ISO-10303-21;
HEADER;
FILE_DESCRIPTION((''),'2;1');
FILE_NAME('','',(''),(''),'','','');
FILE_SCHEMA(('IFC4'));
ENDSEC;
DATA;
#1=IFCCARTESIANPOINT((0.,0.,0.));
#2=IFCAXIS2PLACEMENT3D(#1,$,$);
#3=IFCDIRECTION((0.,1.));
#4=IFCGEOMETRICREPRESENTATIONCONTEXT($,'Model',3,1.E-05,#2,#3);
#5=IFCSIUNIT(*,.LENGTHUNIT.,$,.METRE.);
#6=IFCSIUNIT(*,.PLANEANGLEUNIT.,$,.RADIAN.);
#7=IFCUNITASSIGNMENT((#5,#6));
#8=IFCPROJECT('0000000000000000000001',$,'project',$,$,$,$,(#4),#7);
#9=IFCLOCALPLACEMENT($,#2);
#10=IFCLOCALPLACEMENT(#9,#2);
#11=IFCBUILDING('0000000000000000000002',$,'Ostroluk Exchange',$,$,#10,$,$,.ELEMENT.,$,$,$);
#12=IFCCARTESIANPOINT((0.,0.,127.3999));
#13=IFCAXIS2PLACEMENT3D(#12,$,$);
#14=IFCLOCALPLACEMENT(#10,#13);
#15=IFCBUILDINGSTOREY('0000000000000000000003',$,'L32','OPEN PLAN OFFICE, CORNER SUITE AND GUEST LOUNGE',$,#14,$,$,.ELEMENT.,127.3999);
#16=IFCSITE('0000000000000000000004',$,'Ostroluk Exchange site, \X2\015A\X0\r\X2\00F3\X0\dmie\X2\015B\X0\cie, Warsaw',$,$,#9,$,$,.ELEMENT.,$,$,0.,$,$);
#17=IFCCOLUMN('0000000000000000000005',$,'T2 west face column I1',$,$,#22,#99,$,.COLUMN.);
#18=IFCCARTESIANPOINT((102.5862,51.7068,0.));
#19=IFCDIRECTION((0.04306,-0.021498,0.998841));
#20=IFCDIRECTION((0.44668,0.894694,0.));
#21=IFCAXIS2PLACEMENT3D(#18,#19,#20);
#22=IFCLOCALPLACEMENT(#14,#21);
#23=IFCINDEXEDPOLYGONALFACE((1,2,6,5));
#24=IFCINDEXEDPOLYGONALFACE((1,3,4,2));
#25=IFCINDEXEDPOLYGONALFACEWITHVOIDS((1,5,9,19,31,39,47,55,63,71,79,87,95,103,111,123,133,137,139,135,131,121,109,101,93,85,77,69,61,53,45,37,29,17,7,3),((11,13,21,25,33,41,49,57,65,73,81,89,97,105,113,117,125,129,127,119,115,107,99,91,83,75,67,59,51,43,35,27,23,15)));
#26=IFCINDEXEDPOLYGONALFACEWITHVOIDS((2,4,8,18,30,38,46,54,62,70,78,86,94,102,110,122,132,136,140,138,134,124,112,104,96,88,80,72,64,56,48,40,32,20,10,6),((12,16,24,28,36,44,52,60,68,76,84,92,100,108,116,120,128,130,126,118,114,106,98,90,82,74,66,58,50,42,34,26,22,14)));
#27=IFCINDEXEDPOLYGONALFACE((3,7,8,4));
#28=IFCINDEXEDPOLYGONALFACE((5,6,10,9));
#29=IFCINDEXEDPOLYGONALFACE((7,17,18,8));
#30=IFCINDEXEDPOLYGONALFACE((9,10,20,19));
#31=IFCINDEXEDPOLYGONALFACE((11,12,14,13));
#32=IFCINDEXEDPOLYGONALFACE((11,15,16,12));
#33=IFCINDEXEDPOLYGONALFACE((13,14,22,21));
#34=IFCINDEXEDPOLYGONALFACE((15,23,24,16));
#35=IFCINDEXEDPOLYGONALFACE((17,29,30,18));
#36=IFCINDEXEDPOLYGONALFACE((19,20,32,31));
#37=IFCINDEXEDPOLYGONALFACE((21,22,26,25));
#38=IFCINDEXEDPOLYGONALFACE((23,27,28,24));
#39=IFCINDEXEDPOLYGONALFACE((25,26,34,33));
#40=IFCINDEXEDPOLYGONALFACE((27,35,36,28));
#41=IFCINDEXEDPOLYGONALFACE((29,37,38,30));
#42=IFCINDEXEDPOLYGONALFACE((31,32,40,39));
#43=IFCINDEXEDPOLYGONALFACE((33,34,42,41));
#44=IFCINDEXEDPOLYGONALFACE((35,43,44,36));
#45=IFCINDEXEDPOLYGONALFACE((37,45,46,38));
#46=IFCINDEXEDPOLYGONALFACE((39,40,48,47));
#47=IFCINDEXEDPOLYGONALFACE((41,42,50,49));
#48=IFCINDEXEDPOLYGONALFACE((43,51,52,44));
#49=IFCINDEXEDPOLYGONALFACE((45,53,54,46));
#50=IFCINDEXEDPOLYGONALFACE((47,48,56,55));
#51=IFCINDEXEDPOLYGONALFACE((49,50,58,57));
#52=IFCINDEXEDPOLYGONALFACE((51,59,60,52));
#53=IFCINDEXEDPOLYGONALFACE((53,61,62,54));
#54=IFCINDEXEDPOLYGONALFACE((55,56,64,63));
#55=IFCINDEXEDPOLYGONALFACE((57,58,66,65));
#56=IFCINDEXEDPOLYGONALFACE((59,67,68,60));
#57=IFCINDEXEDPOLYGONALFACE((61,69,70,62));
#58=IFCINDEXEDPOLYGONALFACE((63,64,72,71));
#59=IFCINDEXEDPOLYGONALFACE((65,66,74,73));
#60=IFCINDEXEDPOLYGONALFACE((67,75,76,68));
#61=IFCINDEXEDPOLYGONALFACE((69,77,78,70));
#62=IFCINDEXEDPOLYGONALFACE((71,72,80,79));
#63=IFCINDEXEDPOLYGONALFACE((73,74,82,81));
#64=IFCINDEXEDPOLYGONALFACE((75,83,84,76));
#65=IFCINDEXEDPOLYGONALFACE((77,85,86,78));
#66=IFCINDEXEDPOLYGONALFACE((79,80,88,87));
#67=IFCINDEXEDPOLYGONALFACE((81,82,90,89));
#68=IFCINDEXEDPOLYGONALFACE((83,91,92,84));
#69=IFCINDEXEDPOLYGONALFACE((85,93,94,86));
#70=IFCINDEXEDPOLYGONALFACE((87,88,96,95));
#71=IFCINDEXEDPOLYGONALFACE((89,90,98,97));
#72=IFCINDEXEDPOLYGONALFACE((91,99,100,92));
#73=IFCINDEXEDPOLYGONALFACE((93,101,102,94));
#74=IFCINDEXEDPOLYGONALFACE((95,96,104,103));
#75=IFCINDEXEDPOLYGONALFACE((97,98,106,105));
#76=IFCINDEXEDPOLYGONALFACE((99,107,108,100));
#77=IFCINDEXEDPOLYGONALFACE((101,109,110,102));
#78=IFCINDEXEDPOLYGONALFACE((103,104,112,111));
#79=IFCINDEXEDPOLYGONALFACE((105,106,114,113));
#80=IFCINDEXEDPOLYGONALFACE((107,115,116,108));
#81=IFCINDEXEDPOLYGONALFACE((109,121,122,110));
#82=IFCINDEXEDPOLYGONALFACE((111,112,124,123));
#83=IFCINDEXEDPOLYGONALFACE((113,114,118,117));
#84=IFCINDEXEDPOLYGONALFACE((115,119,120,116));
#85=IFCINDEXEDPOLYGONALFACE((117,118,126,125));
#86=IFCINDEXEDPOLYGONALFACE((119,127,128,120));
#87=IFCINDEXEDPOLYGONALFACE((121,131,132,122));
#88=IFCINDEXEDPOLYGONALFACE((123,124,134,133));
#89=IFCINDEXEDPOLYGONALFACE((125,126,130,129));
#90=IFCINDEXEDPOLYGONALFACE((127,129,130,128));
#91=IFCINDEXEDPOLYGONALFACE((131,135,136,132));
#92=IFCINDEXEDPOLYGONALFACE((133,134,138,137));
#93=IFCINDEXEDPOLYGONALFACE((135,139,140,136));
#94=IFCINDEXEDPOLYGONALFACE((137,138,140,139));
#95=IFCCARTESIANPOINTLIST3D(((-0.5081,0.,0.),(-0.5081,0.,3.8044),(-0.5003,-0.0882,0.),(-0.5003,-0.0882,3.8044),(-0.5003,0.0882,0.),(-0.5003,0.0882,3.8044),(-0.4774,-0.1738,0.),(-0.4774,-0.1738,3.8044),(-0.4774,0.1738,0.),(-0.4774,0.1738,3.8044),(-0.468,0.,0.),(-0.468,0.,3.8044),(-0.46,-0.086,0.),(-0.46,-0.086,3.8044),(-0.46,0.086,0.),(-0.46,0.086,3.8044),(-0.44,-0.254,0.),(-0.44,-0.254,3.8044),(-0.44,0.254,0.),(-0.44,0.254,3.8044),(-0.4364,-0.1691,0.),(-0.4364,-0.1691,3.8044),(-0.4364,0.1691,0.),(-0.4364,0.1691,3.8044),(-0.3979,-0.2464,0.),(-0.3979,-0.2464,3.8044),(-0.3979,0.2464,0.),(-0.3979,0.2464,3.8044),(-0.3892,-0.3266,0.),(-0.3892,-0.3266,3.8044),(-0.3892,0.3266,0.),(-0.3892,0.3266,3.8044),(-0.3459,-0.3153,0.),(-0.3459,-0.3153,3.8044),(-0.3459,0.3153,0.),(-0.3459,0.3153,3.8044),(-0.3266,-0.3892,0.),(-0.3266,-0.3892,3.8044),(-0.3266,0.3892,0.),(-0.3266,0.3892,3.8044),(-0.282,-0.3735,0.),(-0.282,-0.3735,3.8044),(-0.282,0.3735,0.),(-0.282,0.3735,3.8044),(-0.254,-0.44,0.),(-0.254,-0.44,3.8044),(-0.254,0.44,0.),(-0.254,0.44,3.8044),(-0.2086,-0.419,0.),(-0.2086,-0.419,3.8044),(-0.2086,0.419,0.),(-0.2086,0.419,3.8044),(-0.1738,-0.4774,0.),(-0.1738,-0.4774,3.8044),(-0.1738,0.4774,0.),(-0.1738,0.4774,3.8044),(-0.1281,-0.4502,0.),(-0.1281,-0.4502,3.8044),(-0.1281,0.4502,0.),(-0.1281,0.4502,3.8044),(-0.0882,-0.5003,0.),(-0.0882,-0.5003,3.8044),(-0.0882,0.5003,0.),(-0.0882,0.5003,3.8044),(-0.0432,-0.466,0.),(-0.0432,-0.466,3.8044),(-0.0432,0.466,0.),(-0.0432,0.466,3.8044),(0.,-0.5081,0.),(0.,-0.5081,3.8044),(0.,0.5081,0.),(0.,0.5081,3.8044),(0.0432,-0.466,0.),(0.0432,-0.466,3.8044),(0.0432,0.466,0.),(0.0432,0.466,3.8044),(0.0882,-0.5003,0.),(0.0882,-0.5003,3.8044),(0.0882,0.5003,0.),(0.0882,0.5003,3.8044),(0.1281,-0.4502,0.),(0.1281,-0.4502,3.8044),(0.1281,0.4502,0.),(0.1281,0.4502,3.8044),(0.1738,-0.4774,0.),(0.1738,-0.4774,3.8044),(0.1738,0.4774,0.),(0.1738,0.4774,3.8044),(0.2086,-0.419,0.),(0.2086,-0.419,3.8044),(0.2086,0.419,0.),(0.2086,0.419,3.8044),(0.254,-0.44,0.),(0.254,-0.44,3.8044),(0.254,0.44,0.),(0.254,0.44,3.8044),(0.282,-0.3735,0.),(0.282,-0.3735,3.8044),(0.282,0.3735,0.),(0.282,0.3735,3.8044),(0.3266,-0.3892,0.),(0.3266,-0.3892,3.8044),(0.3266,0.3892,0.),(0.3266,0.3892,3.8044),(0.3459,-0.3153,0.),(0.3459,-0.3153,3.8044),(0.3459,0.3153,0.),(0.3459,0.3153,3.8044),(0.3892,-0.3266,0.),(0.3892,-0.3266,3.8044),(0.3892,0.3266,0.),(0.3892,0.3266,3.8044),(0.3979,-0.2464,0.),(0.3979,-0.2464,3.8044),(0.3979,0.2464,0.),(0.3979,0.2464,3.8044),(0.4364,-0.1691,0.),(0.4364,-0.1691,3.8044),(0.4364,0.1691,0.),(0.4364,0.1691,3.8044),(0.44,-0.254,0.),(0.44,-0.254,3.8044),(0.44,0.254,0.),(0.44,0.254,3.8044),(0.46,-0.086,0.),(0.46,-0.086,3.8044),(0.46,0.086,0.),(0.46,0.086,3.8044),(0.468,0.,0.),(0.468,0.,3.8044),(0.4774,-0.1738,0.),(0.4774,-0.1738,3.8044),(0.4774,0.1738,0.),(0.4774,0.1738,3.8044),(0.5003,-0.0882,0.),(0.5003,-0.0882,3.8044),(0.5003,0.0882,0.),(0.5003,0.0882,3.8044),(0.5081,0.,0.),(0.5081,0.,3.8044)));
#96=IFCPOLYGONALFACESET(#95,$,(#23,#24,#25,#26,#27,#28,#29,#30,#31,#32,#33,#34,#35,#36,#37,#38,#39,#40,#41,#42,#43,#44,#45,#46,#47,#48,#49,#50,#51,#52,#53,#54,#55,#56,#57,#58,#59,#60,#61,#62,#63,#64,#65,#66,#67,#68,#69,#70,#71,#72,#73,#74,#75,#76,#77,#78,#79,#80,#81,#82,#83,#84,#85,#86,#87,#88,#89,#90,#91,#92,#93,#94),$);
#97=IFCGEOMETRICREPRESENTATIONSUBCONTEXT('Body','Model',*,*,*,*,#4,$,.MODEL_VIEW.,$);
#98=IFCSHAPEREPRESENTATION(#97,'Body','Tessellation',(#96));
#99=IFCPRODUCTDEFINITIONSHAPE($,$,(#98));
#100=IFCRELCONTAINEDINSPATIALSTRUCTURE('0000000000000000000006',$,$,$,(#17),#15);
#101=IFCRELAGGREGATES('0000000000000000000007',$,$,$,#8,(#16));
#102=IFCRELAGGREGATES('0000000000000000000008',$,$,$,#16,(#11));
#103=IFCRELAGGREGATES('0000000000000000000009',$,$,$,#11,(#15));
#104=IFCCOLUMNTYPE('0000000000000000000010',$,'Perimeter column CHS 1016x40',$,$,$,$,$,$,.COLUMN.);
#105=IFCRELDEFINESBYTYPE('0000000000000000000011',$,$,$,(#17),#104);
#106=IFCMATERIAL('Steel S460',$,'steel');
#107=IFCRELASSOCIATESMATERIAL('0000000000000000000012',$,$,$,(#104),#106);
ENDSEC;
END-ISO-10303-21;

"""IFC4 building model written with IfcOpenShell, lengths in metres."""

from ifc_helpers import new_model, si_unit, direction, frame, origin, origin_2d, place, context, subcontext, project, spatial, hollow_circle, extrude, material, material_profile, profile_set, type_object, element, save


model = new_model("IFC4")

# Units and contexts
model_context = context("Model", 3, precision=1e-05, world=origin(), true_north=direction((0.0, 1.0)))
body_context = subcontext(model_context, "Body", "Model", "MODEL_VIEW")
ifc_project = project(units=[si_unit("LENGTHUNIT", "METRE"), si_unit("PLANEANGLEUNIT", "RADIAN")], contexts=[model_context])

# Site, building, storey
site_placement = place(None, origin())
site = spatial("IfcSite", under=ifc_project, at=site_placement, Name="Ostroluk Exchange site, Śródmieście, Warsaw", CompositionType="ELEMENT", RefElevation=0.0)
building_placement = place(site_placement, origin())
building = spatial("IfcBuilding", under=site, at=building_placement, Name="Ostroluk Exchange", CompositionType="ELEMENT")
storey_placement = place(building_placement, frame((0.0, 0.0, 127.3999)))
storey = spatial("IfcBuildingStorey", under=building, at=storey_placement, Name="L32", Description="OPEN PLAN OFFICE, CORNER SUITE AND GUEST LOUNGE", CompositionType="ELEMENT", Elevation=127.3999)

# Column
ifc_material_1 = material(Name="Steel S460", Category="steel")
ifc_material_profile_1 = material_profile(ifc_material_1, hollow_circle(Radius=0.5081, WallThickness=0.04, at=origin_2d()), Name="CHS 1016x40")
ifc_profile_set_1 = profile_set([ifc_material_profile_1], Name="Steel S460")
column_type_1 = type_object("IfcColumnType", Name="Perimeter column CHS 1016x40", PredefinedType="COLUMN", material=ifc_profile_set_1)
column_1_placement = place(storey_placement, frame((102.5862, 51.7068, 0.0), z_axis=(0.04306, -0.021498, 0.998841), x_axis=(0.44668, 0.894694, 0.0)))
element("IfcColumn", 1, at=column_1_placement, inside=storey, type_object=column_type_1, Name="T2 west face column I1", PredefinedType="COLUMN", context=body_context, shape_type="SweptSolid", body=[
    extrude(hollow_circle(Radius=0.5081, WallThickness=0.04, at=origin_2d()), origin(), (0.0, 0.0, 1.0), 3.8044),
])

save(model, "model.ifc")
